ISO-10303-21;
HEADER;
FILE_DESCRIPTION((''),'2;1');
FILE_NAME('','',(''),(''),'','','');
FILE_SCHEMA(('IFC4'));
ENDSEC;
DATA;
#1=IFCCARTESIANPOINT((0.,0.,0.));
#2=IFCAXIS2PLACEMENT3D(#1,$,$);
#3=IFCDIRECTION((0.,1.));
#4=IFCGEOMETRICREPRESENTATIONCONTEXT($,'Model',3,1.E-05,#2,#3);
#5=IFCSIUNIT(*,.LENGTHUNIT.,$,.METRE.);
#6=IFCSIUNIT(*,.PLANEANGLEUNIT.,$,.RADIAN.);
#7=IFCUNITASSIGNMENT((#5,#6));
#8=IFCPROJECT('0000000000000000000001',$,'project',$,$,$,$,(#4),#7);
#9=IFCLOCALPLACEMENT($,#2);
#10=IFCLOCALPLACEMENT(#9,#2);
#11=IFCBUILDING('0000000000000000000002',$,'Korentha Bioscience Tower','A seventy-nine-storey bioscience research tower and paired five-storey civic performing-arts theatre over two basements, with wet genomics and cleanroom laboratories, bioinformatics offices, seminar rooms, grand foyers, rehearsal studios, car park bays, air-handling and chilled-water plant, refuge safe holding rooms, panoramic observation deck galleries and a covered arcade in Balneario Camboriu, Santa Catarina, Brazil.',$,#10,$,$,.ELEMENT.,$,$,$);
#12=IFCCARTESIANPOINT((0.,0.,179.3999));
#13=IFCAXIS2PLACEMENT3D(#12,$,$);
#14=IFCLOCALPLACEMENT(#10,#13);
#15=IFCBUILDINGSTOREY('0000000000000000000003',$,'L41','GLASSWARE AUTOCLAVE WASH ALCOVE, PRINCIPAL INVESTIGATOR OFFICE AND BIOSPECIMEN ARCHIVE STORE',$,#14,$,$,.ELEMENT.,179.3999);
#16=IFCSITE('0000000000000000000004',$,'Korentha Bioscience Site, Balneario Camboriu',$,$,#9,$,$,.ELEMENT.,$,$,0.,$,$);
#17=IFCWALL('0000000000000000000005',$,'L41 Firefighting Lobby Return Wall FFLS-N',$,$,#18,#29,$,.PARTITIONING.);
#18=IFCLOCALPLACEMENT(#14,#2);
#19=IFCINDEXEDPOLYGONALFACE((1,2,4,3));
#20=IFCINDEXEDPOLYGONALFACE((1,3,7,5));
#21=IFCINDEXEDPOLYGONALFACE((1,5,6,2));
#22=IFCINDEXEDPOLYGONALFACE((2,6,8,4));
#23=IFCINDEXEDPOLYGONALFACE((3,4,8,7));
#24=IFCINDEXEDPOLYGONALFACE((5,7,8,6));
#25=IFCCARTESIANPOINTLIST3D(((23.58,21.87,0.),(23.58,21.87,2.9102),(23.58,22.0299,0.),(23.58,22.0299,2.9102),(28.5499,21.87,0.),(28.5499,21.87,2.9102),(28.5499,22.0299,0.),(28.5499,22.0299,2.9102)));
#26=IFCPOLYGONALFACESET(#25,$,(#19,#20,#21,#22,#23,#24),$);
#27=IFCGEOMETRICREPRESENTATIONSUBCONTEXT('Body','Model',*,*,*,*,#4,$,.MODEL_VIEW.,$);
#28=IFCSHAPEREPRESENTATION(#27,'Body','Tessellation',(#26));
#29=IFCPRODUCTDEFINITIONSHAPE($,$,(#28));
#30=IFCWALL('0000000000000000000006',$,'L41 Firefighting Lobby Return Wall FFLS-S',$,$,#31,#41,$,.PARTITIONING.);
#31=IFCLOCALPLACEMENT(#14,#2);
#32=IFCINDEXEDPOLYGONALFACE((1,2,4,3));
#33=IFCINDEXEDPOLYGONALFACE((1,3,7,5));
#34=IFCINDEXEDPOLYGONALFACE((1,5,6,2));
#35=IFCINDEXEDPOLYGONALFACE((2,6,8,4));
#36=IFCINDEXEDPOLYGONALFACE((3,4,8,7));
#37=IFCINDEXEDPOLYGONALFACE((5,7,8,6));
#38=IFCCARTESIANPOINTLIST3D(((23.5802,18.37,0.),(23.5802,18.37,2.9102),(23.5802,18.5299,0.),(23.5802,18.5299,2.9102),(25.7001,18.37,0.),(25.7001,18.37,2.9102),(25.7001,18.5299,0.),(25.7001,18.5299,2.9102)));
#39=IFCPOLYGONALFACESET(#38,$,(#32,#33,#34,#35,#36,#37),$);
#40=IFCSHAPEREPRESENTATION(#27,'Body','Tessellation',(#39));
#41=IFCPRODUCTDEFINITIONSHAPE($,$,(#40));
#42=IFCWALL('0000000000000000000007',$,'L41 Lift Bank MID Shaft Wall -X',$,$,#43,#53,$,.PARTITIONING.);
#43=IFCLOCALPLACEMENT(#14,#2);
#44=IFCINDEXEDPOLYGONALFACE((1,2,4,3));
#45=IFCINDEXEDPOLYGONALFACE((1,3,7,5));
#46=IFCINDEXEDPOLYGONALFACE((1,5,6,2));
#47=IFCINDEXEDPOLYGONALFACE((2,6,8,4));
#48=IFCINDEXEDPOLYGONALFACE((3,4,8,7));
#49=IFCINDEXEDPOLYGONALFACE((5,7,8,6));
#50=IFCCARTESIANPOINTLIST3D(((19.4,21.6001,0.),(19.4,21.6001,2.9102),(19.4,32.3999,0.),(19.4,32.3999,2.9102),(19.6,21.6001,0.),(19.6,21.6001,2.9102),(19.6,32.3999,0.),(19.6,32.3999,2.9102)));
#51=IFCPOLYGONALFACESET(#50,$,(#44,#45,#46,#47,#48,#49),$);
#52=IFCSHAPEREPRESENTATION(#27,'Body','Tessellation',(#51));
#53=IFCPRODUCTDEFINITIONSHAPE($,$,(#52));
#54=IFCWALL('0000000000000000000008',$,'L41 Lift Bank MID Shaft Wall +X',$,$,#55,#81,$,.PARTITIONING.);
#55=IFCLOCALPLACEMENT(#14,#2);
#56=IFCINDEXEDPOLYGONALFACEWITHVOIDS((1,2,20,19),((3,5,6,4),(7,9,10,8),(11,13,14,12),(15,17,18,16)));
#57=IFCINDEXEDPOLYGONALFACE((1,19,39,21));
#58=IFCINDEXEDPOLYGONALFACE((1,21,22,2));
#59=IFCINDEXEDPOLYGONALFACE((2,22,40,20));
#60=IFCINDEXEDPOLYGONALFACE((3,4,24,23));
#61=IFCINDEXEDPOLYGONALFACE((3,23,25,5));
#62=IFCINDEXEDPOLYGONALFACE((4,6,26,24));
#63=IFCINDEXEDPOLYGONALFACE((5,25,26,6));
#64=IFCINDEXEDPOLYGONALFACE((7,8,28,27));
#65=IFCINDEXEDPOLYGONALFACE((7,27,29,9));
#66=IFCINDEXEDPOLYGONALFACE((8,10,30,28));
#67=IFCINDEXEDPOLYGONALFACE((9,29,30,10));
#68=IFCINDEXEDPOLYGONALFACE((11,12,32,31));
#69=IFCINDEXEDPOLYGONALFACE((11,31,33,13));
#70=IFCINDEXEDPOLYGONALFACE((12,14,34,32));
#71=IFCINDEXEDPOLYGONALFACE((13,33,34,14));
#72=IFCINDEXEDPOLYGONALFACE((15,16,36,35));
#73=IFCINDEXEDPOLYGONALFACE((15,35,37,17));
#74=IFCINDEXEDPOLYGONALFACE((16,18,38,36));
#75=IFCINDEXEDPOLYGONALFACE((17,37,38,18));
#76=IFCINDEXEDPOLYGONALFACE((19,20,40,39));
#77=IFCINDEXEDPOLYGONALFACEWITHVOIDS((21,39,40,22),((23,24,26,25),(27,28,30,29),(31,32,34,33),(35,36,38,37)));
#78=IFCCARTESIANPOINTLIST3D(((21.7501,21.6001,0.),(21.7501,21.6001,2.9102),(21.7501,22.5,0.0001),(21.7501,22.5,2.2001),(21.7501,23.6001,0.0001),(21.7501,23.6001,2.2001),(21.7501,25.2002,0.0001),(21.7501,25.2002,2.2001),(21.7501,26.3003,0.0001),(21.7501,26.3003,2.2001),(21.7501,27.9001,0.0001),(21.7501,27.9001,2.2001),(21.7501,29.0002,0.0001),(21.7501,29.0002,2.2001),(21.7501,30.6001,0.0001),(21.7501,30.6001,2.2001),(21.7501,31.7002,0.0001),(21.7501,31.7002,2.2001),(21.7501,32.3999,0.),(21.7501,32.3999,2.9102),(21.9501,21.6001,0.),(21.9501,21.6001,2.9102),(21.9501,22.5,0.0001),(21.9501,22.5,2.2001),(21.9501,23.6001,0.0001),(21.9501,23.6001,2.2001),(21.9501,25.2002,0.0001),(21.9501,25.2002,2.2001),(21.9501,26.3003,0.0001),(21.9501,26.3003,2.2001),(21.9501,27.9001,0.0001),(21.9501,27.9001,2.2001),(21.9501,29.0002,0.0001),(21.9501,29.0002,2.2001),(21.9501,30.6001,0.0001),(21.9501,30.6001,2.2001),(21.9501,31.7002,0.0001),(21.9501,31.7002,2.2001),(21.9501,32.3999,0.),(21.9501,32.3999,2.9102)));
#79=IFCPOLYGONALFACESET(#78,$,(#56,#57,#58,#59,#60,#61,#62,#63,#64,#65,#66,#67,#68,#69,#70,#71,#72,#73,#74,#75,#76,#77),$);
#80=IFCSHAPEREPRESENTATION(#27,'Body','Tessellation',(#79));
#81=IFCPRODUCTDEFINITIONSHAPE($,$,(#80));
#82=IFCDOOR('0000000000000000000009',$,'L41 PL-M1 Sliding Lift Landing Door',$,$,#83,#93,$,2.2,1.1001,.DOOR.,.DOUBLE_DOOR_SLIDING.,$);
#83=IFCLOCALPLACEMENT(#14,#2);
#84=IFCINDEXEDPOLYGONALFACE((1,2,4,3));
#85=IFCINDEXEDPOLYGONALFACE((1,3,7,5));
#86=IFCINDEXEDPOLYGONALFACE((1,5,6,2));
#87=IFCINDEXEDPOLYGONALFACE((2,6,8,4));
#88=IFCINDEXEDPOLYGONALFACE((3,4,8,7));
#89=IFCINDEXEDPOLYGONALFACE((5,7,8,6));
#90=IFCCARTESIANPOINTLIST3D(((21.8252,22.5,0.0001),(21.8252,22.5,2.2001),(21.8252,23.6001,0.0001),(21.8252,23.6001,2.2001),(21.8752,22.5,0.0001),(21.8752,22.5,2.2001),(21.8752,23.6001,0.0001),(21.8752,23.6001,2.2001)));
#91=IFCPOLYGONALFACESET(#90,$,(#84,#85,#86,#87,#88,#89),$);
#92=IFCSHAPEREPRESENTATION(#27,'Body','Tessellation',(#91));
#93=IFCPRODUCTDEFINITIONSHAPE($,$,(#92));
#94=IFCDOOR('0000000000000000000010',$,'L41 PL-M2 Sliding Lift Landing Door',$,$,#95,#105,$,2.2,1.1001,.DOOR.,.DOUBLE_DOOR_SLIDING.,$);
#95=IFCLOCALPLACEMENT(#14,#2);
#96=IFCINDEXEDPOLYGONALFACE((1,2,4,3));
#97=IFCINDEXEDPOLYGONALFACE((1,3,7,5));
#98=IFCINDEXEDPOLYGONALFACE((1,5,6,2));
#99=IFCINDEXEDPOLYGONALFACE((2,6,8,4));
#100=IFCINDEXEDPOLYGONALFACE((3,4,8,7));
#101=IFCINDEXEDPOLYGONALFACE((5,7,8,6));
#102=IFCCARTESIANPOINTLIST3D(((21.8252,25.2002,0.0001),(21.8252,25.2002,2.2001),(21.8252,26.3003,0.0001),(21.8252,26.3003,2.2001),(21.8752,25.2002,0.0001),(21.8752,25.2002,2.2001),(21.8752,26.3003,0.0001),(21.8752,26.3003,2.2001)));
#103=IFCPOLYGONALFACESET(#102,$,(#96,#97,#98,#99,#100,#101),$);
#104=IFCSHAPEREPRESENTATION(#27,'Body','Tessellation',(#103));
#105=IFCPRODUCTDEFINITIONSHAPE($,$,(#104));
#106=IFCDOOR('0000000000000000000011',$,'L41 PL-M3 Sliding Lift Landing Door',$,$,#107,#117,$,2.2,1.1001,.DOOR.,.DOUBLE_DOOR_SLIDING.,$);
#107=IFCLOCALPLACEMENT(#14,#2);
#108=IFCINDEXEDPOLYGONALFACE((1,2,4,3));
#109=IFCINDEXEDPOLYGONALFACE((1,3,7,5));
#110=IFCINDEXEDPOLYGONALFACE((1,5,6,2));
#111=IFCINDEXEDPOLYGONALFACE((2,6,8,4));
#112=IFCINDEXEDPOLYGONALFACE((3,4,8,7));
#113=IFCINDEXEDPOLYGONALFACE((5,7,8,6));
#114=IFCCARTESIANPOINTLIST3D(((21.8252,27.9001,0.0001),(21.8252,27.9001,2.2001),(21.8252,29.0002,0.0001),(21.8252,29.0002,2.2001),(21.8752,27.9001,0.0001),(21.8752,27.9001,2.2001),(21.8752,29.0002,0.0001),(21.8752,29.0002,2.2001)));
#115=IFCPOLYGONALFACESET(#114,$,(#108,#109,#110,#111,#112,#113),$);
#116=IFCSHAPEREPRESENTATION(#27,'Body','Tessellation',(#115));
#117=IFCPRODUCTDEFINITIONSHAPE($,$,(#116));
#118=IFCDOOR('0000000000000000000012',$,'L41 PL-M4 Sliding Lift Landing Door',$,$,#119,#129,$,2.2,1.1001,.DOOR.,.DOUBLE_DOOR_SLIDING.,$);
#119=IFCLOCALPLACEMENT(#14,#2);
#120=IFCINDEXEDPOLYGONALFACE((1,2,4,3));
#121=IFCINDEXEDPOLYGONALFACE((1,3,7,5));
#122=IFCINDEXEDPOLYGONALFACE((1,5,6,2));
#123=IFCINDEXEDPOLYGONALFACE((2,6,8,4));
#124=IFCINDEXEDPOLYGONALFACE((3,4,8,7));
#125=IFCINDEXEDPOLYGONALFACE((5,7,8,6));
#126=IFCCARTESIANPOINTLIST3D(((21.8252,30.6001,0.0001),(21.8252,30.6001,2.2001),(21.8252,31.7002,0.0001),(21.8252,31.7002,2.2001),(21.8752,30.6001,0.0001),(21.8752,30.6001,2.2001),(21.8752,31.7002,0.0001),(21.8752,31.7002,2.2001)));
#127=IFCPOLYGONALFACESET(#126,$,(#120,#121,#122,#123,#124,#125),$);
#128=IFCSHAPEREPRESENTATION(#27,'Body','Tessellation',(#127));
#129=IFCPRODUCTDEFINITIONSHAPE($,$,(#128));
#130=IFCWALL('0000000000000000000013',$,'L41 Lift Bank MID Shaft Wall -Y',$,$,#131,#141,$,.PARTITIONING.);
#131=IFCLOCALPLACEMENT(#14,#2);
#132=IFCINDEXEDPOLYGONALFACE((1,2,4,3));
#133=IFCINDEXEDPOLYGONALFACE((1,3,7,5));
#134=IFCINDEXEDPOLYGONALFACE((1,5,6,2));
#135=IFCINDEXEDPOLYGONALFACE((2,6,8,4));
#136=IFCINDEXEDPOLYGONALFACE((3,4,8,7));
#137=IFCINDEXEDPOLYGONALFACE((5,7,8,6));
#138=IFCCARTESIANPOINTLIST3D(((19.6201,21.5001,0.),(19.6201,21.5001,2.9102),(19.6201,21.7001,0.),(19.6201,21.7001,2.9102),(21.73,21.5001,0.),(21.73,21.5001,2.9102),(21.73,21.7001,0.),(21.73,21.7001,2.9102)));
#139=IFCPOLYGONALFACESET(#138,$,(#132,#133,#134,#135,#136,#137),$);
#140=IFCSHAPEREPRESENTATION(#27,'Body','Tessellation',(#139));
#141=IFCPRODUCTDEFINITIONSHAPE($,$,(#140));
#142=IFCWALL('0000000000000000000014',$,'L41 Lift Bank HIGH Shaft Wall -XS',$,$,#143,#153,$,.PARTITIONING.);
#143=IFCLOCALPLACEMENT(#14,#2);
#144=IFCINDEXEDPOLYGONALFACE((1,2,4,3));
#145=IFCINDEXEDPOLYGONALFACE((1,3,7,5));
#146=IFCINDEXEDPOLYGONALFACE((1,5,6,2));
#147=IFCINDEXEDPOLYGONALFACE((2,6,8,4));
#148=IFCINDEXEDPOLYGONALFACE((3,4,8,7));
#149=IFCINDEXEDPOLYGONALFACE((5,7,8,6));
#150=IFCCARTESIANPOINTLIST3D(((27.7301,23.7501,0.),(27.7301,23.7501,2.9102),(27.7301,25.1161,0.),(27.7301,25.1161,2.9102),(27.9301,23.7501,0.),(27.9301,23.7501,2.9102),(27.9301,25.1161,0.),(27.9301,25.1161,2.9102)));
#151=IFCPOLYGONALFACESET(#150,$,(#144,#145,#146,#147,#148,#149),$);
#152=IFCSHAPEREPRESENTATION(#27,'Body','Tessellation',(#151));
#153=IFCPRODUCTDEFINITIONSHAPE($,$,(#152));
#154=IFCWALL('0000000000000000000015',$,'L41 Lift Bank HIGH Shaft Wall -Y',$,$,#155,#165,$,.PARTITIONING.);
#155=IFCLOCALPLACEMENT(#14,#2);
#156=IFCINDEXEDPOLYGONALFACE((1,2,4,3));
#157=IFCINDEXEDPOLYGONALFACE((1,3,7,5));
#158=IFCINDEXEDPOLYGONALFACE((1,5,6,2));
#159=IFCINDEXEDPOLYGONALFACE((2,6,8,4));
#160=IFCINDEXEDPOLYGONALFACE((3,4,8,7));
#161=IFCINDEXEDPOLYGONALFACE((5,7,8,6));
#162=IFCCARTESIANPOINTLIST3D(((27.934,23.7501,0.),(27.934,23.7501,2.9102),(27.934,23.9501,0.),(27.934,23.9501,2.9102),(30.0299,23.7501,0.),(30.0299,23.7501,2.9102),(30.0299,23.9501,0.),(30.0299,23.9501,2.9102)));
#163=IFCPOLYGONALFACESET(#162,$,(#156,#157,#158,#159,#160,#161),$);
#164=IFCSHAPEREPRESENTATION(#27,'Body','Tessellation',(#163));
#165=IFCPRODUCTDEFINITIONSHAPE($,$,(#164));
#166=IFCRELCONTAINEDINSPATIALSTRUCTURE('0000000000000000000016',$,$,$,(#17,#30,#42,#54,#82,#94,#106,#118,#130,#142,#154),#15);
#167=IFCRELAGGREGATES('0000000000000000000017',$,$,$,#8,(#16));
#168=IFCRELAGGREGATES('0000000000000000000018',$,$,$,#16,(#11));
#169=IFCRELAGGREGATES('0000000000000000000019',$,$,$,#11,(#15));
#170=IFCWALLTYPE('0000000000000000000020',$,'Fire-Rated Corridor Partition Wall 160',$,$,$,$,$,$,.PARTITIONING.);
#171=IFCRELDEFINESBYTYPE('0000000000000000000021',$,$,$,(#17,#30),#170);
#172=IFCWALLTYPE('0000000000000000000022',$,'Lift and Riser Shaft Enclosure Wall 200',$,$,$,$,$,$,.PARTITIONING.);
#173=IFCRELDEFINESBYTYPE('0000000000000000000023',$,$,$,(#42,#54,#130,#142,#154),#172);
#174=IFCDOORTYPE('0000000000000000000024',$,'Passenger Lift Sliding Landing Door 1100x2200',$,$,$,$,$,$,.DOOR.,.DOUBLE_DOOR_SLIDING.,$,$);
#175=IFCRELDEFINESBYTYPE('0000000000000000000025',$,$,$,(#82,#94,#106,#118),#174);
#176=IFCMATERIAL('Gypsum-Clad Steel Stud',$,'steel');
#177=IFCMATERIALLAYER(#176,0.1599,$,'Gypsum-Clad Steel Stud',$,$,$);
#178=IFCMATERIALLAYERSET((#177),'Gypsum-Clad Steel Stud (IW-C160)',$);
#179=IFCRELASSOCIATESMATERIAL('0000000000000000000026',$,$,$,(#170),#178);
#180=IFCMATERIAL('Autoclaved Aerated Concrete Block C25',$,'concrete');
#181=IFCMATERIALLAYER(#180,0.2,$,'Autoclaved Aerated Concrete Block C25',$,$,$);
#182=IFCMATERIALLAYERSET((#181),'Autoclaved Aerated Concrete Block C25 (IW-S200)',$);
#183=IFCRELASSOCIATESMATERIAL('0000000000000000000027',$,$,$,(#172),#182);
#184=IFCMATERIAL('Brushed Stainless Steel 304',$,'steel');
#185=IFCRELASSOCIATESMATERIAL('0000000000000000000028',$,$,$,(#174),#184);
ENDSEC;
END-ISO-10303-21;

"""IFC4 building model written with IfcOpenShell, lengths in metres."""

from ifc_helpers import new_model, si_unit, direction, frame, frame_2d, origin, place, context, subcontext, project, spatial, rectangle, extrude, material, layer, layer_set, type_object, element, fill, save


model = new_model("IFC4")

# Units and contexts
model_context = context("Model", 3, precision=1e-05, world=origin(), true_north=direction((0.0, 1.0)))
body_context = subcontext(model_context, "Body", "Model", "MODEL_VIEW")
ifc_project = project(units=[si_unit("LENGTHUNIT", "METRE"), si_unit("PLANEANGLEUNIT", "RADIAN")], contexts=[model_context])

# Site, building, storey
site_placement = place(None, origin())
site = spatial("IfcSite", under=ifc_project, at=site_placement, Name="Korentha Bioscience Site, Balneario Camboriu", CompositionType="ELEMENT", RefElevation=0.0)
building_placement = place(site_placement, origin())
building = spatial("IfcBuilding", under=site, at=building_placement, Name="Korentha Bioscience Tower", Description="A seventy-nine-storey bioscience research tower and paired five-storey civic performing-arts theatre over two basements, with wet genomics and cleanroom laboratories, bioinformatics offices, seminar rooms, grand foyers, rehearsal studios, car park bays, air-handling and chilled-water plant, refuge safe holding rooms, panoramic observation deck galleries and a covered arcade in Balneario Camboriu, Santa Catarina, Brazil.", CompositionType="ELEMENT")
storey_placement = place(building_placement, frame((0.0, 0.0, 179.3999)))
storey = spatial("IfcBuildingStorey", under=building, at=storey_placement, Name="L41", Description="GLASSWARE AUTOCLAVE WASH ALCOVE, PRINCIPAL INVESTIGATOR OFFICE AND BIOSPECIMEN ARCHIVE STORE", CompositionType="ELEMENT", Elevation=179.3999)

# Shared definitions
ifc_material_1 = material(Name="Gypsum-Clad Steel Stud", Category="steel")
ifc_layer_1 = layer(ifc_material_1, 0.1599, Name="Gypsum-Clad Steel Stud")
ifc_layer_set_1 = layer_set([ifc_layer_1], Name="Gypsum-Clad Steel Stud (IW-C160)")
wall_type_1 = type_object("IfcWallType", Name="Fire-Rated Corridor Partition Wall 160", PredefinedType="PARTITIONING", material=ifc_layer_set_1)

# Walls
wall_1_placement = place(storey_placement, frame((23.5801, 21.95, 0.0), z_axis=(0.0, 0.0, 1.0), x_axis=(1.0, 0.0, 0.0)))
element("IfcWall", 1, at=wall_1_placement, inside=storey, type_object=wall_type_1, Name="L41 Firefighting Lobby Return Wall FFLS-N", PredefinedType="PARTITIONING", context=body_context, shape_type="SweptSolid", body=[
    extrude(rectangle(XDim=4.97, YDim=0.1599, at=frame_2d((2.4849, 0.0))), origin(), (0.0, 0.0, 1.0), 2.9102),
])
wall_2_placement = place(storey_placement, frame((23.5801, 18.45, 0.0), z_axis=(0.0, 0.0, 1.0), x_axis=(1.0, 0.0, 0.0)))
element("IfcWall", 2, at=wall_2_placement, inside=storey, type_object=wall_type_1, Name="L41 Firefighting Lobby Return Wall FFLS-S", PredefinedType="PARTITIONING", context=body_context, shape_type="SweptSolid", body=[
    extrude(rectangle(XDim=2.1199, YDim=0.1599, at=frame_2d((1.0601, 0.0))), origin(), (0.0, 0.0, 1.0), 2.9102),
])
ifc_material_2 = material(Name="Autoclaved Aerated Concrete Block C25", Category="concrete")
ifc_layer_2 = layer(ifc_material_2, 0.2, Name="Autoclaved Aerated Concrete Block C25")
ifc_layer_set_2 = layer_set([ifc_layer_2], Name="Autoclaved Aerated Concrete Block C25 (IW-S200)")
wall_type_2 = type_object("IfcWallType", Name="Lift and Riser Shaft Enclosure Wall 200", PredefinedType="PARTITIONING", material=ifc_layer_set_2)
wall_3_placement = place(storey_placement, frame((19.5, 21.6001, 0.0), z_axis=(0.0, 0.0, 1.0), x_axis=(0.0, 1.0, 0.0)))
element("IfcWall", 3, at=wall_3_placement, inside=storey, type_object=wall_type_2, Name="L41 Lift Bank MID Shaft Wall -X", PredefinedType="PARTITIONING", context=body_context, shape_type="SweptSolid", body=[
    extrude(rectangle(XDim=10.7998, YDim=0.2, at=frame_2d((5.3999, 0.0))), origin(), (0.0, 0.0, 1.0), 2.9102),
])

# Wall, openings, doors
wall_4_placement = place(storey_placement, frame((21.8501, 21.6001, 0.0), z_axis=(0.0, 0.0, 1.0), x_axis=(0.0, 1.0, 0.0)))
wall_4 = element("IfcWall", 4, at=wall_4_placement, inside=storey, type_object=wall_type_2, Name="L41 Lift Bank MID Shaft Wall +X", PredefinedType="PARTITIONING", context=body_context, shape_type="SweptSolid", body=[
    extrude(rectangle(XDim=10.7998, YDim=0.2, at=frame_2d((5.3999, 0.0))), origin(), (0.0, 0.0, 1.0), 2.9102),
])
opening_1_placement = place(wall_4_placement, frame((0.8999, 0.0, 0.0)))
opening_1 = element("IfcOpeningElement", 5, at=opening_1_placement, cuts=wall_4, PredefinedType="OPENING", context=body_context, shape_type="SweptSolid", body=[
    extrude(rectangle(XDim=1.1001, YDim=2.2, at=frame_2d((0.55, 1.1001))), frame((0.0, 0.1147, 0.0), z_axis=(0.0, -1.0, 0.0), x_axis=(1.0, 0.0, 0.0)), (0.0, 0.0, 1.0), 0.2297),
])
opening_2_placement = place(wall_4_placement, frame((3.6001, 0.0, 0.0)))
opening_2 = element("IfcOpeningElement", 6, at=opening_2_placement, cuts=wall_4, PredefinedType="OPENING", context=body_context, shape_type="SweptSolid", body=[
    extrude(rectangle(XDim=1.1001, YDim=2.2, at=frame_2d((0.55, 1.1001))), frame((0.0, 0.1147, 0.0), z_axis=(0.0, -1.0, 0.0), x_axis=(1.0, 0.0, 0.0)), (0.0, 0.0, 1.0), 0.2297),
])
opening_3_placement = place(wall_4_placement, frame((6.3, 0.0, 0.0)))
opening_3 = element("IfcOpeningElement", 7, at=opening_3_placement, cuts=wall_4, PredefinedType="OPENING", context=body_context, shape_type="SweptSolid", body=[
    extrude(rectangle(XDim=1.1001, YDim=2.2, at=frame_2d((0.55, 1.1001))), frame((0.0, 0.1147, 0.0), z_axis=(0.0, -1.0, 0.0), x_axis=(1.0, 0.0, 0.0)), (0.0, 0.0, 1.0), 0.2297),
])
opening_4_placement = place(wall_4_placement, frame((9.0, 0.0, 0.0)))
opening_4 = element("IfcOpeningElement", 8, at=opening_4_placement, cuts=wall_4, PredefinedType="OPENING", context=body_context, shape_type="SweptSolid", body=[
    extrude(rectangle(XDim=1.1001, YDim=2.2, at=frame_2d((0.55, 1.1001))), frame((0.0, 0.1147, 0.0), z_axis=(0.0, -1.0, 0.0), x_axis=(1.0, 0.0, 0.0)), (0.0, 0.0, 1.0), 0.2297),
])
ifc_material_3 = material(Name="Brushed Stainless Steel 304", Category="steel")
door_type_1 = type_object("IfcDoorType", Name="Passenger Lift Sliding Landing Door 1100x2200", OperationType="DOUBLE_DOOR_SLIDING", PredefinedType="DOOR", material=ifc_material_3)
door_1_placement = place(opening_1_placement, origin())
door_1 = element("IfcDoor", 9, at=door_1_placement, inside=storey, type_object=door_type_1, Name="L41 PL-M1 Sliding Lift Landing Door", OperationType="DOUBLE_DOOR_SLIDING", OverallHeight=2.2, OverallWidth=1.1001, PredefinedType="DOOR", context=body_context, shape_type="SweptSolid", body=[
    extrude(rectangle(XDim=1.1001, YDim=2.2, at=frame_2d((0.55, 1.1001))), frame((0.0, 0.0249, 0.0), z_axis=(0.0, -1.0, 0.0), x_axis=(1.0, 0.0, 0.0)), (0.0, 0.0, 1.0), 0.05),
])
fill(opening_1, door_1)
door_2_placement = place(opening_2_placement, origin())
door_2 = element("IfcDoor", 10, at=door_2_placement, inside=storey, type_object=door_type_1, Name="L41 PL-M2 Sliding Lift Landing Door", OperationType="DOUBLE_DOOR_SLIDING", OverallHeight=2.2, OverallWidth=1.1001, PredefinedType="DOOR", context=body_context, shape_type="SweptSolid", body=[
    extrude(rectangle(XDim=1.1001, YDim=2.2, at=frame_2d((0.55, 1.1001))), frame((0.0, 0.0249, 0.0), z_axis=(0.0, -1.0, 0.0), x_axis=(1.0, 0.0, 0.0)), (0.0, 0.0, 1.0), 0.05),
])
fill(opening_2, door_2)
door_3_placement = place(opening_3_placement, origin())
door_3 = element("IfcDoor", 11, at=door_3_placement, inside=storey, type_object=door_type_1, Name="L41 PL-M3 Sliding Lift Landing Door", OperationType="DOUBLE_DOOR_SLIDING", OverallHeight=2.2, OverallWidth=1.1001, PredefinedType="DOOR", context=body_context, shape_type="SweptSolid", body=[
    extrude(rectangle(XDim=1.1001, YDim=2.2, at=frame_2d((0.55, 1.1001))), frame((0.0, 0.0249, 0.0), z_axis=(0.0, -1.0, 0.0), x_axis=(1.0, 0.0, 0.0)), (0.0, 0.0, 1.0), 0.05),
])
fill(opening_3, door_3)
door_4_placement = place(opening_4_placement, origin())
door_4 = element("IfcDoor", 12, at=door_4_placement, inside=storey, type_object=door_type_1, Name="L41 PL-M4 Sliding Lift Landing Door", OperationType="DOUBLE_DOOR_SLIDING", OverallHeight=2.2, OverallWidth=1.1001, PredefinedType="DOOR", context=body_context, shape_type="SweptSolid", body=[
    extrude(rectangle(XDim=1.1001, YDim=2.2, at=frame_2d((0.55, 1.1001))), frame((0.0, 0.0249, 0.0), z_axis=(0.0, -1.0, 0.0), x_axis=(1.0, 0.0, 0.0)), (0.0, 0.0, 1.0), 0.05),
])
fill(opening_4, door_4)

# Walls
wall_5_placement = place(storey_placement, frame((19.6201, 21.6001, 0.0), z_axis=(0.0, 0.0, 1.0), x_axis=(1.0, 0.0, 0.0)))
element("IfcWall", 13, at=wall_5_placement, inside=storey, type_object=wall_type_2, Name="L41 Lift Bank MID Shaft Wall -Y", PredefinedType="PARTITIONING", context=body_context, shape_type="SweptSolid", body=[
    extrude(rectangle(XDim=2.1099, YDim=0.2, at=frame_2d((1.0549, 0.0))), origin(), (0.0, 0.0, 1.0), 2.9102),
])
wall_6_placement = place(storey_placement, frame((27.8301, 23.75, 0.0), z_axis=(0.0, 0.0, 1.0), x_axis=(0.0, 1.0, 0.0)))
element("IfcWall", 14, at=wall_6_placement, inside=storey, type_object=wall_type_2, Name="L41 Lift Bank HIGH Shaft Wall -XS", PredefinedType="PARTITIONING", context=body_context, shape_type="SweptSolid", body=[
    extrude(rectangle(XDim=1.366, YDim=0.2, at=frame_2d((0.6831, 0.0))), origin(), (0.0, 0.0, 1.0), 2.9102),
])
wall_7_placement = place(storey_placement, frame((27.9341, 23.8501, 0.0), z_axis=(0.0, 0.0, 1.0), x_axis=(1.0, 0.0, 0.0)))
element("IfcWall", 15, at=wall_7_placement, inside=storey, type_object=wall_type_2, Name="L41 Lift Bank HIGH Shaft Wall -Y", PredefinedType="PARTITIONING", context=body_context, shape_type="SweptSolid", body=[
    extrude(rectangle(XDim=2.0959, YDim=0.2, at=frame_2d((1.0479, 0.0))), origin(), (0.0, 0.0, 1.0), 2.9102),
])

save(model, "model.ifc")
